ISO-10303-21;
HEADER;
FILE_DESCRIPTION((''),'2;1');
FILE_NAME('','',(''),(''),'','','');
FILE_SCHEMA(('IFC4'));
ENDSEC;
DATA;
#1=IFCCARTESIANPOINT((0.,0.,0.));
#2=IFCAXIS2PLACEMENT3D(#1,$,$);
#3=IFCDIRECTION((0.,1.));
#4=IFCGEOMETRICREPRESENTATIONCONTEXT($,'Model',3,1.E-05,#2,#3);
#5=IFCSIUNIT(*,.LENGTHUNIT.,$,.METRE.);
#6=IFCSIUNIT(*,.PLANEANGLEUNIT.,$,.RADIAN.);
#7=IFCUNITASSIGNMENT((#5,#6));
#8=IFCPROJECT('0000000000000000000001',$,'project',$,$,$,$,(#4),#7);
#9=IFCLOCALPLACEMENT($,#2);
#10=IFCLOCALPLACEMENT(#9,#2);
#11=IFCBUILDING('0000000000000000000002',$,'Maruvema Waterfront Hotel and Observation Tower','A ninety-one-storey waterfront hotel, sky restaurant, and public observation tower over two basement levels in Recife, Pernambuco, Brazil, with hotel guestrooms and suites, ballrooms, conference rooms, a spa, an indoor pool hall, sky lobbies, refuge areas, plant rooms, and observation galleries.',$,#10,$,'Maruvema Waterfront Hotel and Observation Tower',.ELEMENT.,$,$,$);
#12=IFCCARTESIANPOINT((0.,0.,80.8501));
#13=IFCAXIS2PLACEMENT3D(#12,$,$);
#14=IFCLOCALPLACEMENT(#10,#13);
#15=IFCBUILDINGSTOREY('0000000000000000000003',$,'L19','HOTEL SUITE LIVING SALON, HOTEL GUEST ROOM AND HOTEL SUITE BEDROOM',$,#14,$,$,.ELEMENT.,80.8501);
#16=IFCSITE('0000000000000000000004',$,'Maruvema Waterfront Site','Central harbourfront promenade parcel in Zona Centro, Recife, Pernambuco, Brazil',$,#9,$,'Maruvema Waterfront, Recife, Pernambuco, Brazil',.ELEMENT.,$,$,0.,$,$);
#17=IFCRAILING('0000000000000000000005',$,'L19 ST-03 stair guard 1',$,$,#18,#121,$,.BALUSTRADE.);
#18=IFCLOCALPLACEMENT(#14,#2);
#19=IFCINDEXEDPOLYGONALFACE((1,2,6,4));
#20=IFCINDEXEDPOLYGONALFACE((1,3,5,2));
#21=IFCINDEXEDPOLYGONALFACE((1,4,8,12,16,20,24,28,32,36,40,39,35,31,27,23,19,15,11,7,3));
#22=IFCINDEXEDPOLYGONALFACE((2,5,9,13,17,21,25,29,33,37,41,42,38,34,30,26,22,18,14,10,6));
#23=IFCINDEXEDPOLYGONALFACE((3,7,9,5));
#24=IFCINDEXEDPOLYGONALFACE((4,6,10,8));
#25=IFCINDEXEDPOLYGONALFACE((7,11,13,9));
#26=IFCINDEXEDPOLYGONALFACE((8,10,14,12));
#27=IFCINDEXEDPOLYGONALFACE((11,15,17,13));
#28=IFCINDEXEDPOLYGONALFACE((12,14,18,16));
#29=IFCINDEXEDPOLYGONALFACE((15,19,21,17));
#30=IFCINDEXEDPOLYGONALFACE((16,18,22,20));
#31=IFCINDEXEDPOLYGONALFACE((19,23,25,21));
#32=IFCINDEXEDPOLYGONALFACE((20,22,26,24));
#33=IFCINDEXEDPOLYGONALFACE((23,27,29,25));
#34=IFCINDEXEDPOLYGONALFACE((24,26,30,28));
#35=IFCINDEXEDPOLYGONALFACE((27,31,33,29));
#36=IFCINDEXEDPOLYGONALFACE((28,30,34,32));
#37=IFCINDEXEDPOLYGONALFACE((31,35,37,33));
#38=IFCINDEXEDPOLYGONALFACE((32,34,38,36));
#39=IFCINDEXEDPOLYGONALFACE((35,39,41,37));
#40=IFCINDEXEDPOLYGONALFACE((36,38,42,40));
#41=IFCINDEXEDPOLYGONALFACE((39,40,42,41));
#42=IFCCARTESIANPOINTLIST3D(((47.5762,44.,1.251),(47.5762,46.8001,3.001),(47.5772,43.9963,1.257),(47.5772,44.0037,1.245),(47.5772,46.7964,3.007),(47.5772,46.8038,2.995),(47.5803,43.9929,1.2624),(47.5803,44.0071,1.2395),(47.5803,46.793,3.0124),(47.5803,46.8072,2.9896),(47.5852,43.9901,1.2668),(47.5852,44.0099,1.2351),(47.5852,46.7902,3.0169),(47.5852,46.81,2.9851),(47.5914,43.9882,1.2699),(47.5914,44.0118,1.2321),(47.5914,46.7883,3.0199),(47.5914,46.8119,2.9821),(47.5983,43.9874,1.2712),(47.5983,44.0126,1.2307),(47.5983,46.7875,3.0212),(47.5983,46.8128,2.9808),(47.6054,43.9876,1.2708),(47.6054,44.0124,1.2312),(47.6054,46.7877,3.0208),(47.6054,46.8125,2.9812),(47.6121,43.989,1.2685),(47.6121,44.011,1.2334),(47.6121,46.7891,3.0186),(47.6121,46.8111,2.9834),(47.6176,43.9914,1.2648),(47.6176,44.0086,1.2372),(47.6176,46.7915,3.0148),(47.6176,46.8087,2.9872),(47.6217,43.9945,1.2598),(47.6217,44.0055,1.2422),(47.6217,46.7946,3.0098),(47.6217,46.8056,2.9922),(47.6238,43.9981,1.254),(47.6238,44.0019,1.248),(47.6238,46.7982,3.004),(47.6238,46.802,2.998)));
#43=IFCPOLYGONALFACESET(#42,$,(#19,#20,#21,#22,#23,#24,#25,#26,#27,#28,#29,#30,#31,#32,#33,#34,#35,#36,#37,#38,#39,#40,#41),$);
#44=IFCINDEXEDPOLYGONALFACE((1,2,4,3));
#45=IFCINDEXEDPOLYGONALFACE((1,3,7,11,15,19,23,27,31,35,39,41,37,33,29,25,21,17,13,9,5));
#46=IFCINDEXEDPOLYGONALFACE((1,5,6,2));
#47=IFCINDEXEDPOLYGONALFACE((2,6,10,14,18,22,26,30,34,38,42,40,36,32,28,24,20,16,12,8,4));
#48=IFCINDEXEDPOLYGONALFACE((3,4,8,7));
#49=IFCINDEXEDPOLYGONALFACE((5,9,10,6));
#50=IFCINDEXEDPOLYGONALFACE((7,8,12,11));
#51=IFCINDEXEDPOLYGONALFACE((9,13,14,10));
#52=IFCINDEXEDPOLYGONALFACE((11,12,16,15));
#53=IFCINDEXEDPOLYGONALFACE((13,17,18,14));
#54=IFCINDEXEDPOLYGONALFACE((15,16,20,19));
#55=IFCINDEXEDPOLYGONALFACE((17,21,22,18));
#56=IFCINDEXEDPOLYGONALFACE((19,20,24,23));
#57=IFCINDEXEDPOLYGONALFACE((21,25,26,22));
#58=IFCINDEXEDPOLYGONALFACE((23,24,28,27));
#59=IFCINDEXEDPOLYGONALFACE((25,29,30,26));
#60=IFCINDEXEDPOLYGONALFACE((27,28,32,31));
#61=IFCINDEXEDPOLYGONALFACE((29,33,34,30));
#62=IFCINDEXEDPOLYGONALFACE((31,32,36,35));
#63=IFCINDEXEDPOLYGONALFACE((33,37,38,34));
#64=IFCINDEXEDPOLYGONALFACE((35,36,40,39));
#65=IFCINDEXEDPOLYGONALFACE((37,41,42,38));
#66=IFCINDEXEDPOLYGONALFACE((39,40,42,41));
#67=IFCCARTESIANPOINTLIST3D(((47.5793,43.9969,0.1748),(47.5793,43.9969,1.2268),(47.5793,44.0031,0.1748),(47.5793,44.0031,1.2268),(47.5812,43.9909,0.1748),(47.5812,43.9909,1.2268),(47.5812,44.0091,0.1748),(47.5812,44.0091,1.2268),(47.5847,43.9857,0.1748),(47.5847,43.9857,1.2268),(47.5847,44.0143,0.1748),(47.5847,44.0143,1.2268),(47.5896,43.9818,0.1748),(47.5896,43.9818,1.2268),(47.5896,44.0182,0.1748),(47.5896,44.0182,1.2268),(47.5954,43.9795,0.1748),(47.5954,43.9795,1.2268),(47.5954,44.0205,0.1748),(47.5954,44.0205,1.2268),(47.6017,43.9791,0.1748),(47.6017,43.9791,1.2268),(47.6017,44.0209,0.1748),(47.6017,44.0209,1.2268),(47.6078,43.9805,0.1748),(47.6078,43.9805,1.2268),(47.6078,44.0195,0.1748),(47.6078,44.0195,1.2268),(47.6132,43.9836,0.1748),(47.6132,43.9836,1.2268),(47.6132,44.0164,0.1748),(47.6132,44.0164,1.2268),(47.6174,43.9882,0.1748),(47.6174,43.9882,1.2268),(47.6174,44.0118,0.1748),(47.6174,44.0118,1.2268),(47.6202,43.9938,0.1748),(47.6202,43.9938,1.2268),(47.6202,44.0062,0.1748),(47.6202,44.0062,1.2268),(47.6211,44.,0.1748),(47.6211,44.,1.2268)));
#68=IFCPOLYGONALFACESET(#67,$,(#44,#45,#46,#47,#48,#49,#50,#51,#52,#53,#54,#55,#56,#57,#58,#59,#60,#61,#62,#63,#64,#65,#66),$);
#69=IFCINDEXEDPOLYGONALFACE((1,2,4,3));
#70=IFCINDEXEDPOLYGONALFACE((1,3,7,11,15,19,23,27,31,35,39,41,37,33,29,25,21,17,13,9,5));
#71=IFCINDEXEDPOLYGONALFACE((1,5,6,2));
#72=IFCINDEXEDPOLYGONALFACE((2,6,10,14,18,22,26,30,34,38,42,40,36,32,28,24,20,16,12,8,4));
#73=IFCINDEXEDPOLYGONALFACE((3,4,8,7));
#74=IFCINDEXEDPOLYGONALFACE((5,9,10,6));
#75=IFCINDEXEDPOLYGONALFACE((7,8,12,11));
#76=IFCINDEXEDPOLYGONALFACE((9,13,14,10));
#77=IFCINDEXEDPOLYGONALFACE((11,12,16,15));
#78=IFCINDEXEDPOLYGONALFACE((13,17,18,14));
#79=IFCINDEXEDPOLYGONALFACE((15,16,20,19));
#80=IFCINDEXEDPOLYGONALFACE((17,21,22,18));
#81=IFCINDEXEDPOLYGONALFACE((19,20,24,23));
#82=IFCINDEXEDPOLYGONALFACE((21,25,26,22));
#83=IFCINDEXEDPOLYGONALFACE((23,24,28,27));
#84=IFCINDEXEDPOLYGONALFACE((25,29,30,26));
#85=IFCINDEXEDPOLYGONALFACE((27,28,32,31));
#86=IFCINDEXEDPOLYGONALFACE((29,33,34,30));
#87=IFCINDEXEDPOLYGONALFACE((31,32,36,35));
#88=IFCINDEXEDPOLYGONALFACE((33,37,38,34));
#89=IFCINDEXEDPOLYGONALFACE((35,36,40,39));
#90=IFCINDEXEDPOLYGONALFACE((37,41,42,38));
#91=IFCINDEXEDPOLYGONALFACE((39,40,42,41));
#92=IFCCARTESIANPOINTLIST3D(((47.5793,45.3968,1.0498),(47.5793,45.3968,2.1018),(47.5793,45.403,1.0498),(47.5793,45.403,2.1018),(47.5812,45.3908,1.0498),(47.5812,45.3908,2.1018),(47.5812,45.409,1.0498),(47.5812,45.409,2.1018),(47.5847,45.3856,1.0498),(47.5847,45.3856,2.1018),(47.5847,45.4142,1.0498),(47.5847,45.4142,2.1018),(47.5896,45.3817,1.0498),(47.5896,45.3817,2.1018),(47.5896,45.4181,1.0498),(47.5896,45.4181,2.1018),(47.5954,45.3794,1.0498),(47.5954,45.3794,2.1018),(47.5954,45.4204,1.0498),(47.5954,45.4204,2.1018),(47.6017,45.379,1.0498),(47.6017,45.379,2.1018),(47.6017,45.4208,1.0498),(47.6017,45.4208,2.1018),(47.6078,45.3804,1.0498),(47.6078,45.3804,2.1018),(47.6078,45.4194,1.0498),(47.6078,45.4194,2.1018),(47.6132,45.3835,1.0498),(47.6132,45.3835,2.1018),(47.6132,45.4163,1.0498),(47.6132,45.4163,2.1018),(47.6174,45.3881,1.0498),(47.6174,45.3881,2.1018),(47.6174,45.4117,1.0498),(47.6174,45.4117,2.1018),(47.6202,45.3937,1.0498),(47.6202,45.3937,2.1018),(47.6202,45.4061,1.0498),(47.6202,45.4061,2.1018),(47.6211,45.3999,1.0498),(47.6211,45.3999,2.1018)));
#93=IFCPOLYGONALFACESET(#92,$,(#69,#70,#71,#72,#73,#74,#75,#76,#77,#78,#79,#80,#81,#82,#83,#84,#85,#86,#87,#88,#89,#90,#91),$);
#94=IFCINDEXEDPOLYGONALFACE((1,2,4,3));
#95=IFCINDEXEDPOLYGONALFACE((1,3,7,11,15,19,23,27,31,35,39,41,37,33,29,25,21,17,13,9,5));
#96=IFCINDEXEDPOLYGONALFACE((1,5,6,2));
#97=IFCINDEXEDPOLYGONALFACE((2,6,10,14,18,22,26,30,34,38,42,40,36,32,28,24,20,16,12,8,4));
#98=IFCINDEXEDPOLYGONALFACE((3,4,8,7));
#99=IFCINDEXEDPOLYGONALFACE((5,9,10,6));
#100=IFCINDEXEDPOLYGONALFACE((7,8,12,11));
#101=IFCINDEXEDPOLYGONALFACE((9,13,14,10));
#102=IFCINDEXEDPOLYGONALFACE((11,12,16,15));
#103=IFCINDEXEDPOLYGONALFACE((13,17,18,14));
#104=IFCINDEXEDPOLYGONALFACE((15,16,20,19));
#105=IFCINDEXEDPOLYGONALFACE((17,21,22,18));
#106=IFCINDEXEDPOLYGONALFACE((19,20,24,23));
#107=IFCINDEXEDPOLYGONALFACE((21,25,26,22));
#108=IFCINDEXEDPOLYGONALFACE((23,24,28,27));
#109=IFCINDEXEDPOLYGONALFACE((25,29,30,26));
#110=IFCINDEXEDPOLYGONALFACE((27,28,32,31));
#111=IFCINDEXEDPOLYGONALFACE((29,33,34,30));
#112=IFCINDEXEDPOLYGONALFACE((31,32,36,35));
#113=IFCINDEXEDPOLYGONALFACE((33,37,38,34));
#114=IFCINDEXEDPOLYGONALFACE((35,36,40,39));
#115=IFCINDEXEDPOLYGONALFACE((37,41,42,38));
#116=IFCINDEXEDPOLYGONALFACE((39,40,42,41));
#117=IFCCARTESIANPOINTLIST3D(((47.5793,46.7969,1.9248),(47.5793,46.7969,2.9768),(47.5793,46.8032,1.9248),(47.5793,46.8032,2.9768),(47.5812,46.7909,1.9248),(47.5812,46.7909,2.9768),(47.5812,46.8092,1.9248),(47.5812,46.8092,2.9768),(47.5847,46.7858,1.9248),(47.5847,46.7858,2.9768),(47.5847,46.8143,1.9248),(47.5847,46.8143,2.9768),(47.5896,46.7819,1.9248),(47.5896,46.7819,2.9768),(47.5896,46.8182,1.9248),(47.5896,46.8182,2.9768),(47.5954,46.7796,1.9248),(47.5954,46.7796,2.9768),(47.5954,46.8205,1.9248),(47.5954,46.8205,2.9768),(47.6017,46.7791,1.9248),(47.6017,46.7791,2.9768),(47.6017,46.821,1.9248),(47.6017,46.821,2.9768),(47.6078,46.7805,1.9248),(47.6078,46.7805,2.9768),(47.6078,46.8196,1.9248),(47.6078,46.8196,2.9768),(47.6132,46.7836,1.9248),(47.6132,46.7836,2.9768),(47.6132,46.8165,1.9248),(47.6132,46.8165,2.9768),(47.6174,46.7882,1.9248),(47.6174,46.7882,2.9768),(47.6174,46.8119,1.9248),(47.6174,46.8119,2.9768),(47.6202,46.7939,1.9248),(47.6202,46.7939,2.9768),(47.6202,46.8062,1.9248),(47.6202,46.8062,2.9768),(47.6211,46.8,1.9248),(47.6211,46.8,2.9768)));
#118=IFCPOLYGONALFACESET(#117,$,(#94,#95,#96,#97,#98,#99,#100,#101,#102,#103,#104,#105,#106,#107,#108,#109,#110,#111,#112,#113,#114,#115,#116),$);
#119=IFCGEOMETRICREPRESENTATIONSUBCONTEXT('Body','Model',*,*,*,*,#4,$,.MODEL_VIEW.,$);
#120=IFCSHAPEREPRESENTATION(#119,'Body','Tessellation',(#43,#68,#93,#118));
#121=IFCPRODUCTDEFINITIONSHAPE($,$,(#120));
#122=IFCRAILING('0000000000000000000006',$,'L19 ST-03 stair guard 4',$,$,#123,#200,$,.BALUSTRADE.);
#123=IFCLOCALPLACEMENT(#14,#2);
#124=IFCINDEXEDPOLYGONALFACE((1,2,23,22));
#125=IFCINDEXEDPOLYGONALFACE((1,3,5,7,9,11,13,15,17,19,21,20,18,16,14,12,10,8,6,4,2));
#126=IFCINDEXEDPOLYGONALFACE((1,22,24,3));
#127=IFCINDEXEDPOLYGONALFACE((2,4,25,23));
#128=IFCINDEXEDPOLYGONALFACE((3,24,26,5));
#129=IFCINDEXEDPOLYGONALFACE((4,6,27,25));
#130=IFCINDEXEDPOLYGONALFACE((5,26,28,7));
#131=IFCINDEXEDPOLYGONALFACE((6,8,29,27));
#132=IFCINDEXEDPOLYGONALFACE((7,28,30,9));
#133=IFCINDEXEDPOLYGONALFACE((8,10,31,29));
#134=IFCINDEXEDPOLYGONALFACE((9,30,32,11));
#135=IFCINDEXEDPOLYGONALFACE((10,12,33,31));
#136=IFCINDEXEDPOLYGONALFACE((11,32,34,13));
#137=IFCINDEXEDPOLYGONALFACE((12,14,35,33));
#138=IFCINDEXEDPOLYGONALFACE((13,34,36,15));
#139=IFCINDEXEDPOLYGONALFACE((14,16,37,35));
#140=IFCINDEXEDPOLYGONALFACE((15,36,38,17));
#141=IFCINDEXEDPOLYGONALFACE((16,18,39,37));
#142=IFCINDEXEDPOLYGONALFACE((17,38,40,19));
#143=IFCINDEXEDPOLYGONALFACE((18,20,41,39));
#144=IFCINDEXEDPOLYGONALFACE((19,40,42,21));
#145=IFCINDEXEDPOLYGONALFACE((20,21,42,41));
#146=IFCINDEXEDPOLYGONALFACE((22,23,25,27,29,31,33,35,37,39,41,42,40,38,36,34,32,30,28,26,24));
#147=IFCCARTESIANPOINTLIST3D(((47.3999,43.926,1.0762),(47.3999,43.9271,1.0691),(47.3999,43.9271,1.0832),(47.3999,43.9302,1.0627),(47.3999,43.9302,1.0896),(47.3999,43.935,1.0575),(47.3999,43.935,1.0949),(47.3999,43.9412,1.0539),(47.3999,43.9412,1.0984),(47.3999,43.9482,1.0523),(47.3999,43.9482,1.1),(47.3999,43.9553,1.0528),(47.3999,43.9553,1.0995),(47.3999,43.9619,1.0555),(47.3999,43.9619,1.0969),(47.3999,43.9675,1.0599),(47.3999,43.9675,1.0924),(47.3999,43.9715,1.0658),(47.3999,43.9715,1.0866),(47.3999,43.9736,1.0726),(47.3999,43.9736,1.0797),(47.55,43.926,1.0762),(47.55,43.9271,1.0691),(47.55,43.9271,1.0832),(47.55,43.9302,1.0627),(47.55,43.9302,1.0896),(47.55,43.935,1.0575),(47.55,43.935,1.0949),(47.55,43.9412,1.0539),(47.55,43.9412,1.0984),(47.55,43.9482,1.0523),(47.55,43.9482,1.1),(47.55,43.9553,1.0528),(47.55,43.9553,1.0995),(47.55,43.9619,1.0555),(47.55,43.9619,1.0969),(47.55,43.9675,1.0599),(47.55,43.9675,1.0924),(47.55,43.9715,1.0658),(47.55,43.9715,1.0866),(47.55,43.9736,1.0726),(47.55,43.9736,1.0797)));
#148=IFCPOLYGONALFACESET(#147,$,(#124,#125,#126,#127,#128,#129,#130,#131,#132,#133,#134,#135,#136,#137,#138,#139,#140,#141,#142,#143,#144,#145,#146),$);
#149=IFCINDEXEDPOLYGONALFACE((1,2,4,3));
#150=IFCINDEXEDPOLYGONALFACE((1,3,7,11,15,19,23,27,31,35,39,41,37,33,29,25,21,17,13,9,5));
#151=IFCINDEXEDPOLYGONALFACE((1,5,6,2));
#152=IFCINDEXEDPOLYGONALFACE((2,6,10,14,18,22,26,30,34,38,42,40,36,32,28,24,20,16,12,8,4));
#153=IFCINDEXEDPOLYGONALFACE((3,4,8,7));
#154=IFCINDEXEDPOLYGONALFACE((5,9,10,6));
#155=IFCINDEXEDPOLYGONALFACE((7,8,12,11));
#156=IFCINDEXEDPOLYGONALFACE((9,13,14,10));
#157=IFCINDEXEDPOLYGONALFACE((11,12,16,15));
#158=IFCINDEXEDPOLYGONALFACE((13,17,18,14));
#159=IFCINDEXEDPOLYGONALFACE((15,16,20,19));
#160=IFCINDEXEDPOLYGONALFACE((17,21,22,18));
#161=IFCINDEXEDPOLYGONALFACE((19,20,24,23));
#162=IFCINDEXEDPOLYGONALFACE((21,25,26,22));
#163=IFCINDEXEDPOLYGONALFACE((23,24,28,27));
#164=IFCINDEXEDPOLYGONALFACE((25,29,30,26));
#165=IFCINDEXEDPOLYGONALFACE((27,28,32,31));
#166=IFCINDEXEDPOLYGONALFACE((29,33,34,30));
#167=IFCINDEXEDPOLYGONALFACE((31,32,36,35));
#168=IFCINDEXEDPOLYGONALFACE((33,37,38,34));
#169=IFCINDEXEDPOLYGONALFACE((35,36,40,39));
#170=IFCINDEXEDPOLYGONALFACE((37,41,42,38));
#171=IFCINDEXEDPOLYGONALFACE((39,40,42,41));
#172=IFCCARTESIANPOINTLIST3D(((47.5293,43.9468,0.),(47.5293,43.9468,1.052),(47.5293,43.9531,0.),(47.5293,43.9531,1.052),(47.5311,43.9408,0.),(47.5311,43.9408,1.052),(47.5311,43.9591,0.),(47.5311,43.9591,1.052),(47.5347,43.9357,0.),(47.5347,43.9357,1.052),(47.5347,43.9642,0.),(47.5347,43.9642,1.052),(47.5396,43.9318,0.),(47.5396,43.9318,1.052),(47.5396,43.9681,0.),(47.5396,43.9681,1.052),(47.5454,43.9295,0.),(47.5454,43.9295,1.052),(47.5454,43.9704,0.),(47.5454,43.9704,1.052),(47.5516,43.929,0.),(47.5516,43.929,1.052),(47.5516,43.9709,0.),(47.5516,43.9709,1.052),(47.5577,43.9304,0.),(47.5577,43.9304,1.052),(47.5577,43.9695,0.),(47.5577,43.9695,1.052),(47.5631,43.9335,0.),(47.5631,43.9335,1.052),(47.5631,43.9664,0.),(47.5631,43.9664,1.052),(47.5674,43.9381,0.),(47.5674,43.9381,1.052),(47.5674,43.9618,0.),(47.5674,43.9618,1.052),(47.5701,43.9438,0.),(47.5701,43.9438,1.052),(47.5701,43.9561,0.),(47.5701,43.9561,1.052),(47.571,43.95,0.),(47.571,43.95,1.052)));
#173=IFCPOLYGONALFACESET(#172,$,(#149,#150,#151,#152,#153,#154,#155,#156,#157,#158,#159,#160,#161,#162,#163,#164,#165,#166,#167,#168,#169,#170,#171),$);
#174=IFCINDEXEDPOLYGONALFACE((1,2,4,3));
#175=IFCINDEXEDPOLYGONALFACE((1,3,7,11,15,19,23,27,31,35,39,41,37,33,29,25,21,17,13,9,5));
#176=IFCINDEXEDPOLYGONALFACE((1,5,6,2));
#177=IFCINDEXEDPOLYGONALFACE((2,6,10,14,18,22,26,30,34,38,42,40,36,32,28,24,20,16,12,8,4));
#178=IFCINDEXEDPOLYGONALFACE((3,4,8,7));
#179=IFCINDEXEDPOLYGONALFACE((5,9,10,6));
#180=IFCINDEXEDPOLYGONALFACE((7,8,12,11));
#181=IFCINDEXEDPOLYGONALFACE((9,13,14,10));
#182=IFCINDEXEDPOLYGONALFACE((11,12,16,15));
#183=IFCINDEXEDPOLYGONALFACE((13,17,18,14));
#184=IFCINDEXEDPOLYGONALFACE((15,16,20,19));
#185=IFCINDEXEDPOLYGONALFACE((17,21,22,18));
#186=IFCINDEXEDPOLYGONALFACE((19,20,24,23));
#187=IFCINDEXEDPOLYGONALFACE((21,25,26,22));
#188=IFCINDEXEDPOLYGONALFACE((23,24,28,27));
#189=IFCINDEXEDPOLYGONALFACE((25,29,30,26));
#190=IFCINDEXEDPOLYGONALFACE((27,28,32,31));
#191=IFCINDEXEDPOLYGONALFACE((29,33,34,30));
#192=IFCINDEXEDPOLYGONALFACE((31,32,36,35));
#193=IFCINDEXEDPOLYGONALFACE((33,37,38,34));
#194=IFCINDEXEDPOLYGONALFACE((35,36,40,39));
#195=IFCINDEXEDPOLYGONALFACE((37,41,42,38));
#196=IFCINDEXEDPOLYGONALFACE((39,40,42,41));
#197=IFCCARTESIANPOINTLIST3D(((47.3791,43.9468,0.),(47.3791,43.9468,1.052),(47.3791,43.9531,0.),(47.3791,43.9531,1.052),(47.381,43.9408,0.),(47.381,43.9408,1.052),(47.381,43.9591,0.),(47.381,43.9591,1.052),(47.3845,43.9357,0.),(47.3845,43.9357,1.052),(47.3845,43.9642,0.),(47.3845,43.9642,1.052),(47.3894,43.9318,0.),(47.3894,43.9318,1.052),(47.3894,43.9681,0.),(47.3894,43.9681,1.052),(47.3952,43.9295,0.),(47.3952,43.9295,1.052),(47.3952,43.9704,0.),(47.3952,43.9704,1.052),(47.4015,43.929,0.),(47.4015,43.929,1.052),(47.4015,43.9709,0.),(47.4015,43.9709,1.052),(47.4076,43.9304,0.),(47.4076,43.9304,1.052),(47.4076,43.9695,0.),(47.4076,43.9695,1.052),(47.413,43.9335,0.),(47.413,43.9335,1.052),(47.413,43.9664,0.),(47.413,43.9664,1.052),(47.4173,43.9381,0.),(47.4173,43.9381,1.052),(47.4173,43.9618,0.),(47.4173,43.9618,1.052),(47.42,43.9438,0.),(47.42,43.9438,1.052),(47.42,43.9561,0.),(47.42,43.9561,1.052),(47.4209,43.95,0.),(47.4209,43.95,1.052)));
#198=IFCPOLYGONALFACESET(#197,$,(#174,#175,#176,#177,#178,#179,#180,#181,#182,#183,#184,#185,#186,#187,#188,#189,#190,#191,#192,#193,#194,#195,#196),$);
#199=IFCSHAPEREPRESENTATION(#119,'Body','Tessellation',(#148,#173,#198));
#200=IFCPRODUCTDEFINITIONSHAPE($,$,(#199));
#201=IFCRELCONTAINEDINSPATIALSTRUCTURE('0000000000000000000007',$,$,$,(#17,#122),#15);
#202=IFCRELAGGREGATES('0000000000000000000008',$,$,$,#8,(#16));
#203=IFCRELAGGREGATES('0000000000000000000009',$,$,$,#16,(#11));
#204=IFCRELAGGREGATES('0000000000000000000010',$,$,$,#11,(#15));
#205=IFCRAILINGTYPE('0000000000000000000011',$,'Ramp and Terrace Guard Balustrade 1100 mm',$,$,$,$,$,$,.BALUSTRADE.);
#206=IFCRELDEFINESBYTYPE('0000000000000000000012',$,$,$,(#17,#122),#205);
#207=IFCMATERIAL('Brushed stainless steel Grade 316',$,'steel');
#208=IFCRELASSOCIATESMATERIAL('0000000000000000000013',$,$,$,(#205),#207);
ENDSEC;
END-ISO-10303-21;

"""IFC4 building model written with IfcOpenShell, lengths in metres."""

from ifc_helpers import new_model, si_unit, direction, frame, origin, origin_2d, place, context, subcontext, project, spatial, circle, extrude, material, type_object, element, save


model = new_model("IFC4")

# Units and contexts
model_context = context("Model", 3, precision=1e-05, world=origin(), true_north=direction((0.0, 1.0)))
body_context = subcontext(model_context, "Body", "Model", "MODEL_VIEW")
ifc_project = project(units=[si_unit("LENGTHUNIT", "METRE"), si_unit("PLANEANGLEUNIT", "RADIAN")], contexts=[model_context])

# Site, building, storey
site_placement = place(None, origin())
site = spatial("IfcSite", under=ifc_project, at=site_placement, Name="Maruvema Waterfront Site", Description="Central harbourfront promenade parcel in Zona Centro, Recife, Pernambuco, Brazil", LongName="Maruvema Waterfront, Recife, Pernambuco, Brazil", CompositionType="ELEMENT", RefElevation=0.0)
building_placement = place(site_placement, origin())
building = spatial("IfcBuilding", under=site, at=building_placement, Name="Maruvema Waterfront Hotel and Observation Tower", Description="A ninety-one-storey waterfront hotel, sky restaurant, and public observation tower over two basement levels in Recife, Pernambuco, Brazil, with hotel guestrooms and suites, ballrooms, conference rooms, a spa, an indoor pool hall, sky lobbies, refuge areas, plant rooms, and observation galleries.", LongName="Maruvema Waterfront Hotel and Observation Tower", CompositionType="ELEMENT")
storey_placement = place(building_placement, frame((0.0, 0.0, 80.8501)))
storey = spatial("IfcBuildingStorey", under=building, at=storey_placement, Name="L19", Description="HOTEL SUITE LIVING SALON, HOTEL GUEST ROOM AND HOTEL SUITE BEDROOM", CompositionType="ELEMENT", Elevation=80.8501)

# Railings
ifc_material_1 = material(Name="Brushed stainless steel Grade 316", Category="steel")
railing_type_1 = type_object("IfcRailingType", Name="Ramp and Terrace Guard Balustrade 1100 mm", PredefinedType="BALUSTRADE", material=ifc_material_1)
railing_1_placement = place(storey_placement, frame((47.6001, 44.0, 0.1748)))
element("IfcRailing", 1, at=railing_1_placement, inside=storey, type_object=railing_type_1, Name="L19 ST-03 stair guard 1", PredefinedType="BALUSTRADE", context=body_context, shape_type="SweptSolid", body=[
    extrude(circle(Radius=0.0239, at=origin_2d()), frame((0.0, 0.0, 1.0762), z_axis=(0.0, 0.848002, 0.529992), x_axis=(-1.0, 0.0, 0.0)), (0.0, 0.0, 1.0), 3.302),
    extrude(circle(Radius=0.021, at=origin_2d()), origin(), (0.0, 0.0, 1.0), 1.052),
    extrude(circle(Radius=0.021, at=origin_2d()), frame((0.0, 1.3999, 0.875)), (0.0, 0.0, 1.0), 1.052),
    extrude(circle(Radius=0.021, at=origin_2d()), frame((0.0, 2.8, 1.75)), (0.0, 0.0, 1.0), 1.052),
])
railing_2_placement = place(storey_placement, frame((47.55, 43.95, 0.0)))
element("IfcRailing", 2, at=railing_2_placement, inside=storey, type_object=railing_type_1, Name="L19 ST-03 stair guard 4", PredefinedType="BALUSTRADE", context=body_context, shape_type="SweptSolid", body=[
    extrude(circle(Radius=0.0239, at=origin_2d()), frame((0.0, 0.0, 1.0762), z_axis=(-1.0, 0.0, 0.0), x_axis=(0.0, -1.0, 0.0)), (0.0, 0.0, 1.0), 0.1501),
    extrude(circle(Radius=0.021, at=origin_2d()), origin(), (0.0, 0.0, 1.0), 1.052),
    extrude(circle(Radius=0.021, at=origin_2d()), frame((-0.1501, 0.0, 0.0)), (0.0, 0.0, 1.0), 1.052),
])

save(model, "model.ifc")
